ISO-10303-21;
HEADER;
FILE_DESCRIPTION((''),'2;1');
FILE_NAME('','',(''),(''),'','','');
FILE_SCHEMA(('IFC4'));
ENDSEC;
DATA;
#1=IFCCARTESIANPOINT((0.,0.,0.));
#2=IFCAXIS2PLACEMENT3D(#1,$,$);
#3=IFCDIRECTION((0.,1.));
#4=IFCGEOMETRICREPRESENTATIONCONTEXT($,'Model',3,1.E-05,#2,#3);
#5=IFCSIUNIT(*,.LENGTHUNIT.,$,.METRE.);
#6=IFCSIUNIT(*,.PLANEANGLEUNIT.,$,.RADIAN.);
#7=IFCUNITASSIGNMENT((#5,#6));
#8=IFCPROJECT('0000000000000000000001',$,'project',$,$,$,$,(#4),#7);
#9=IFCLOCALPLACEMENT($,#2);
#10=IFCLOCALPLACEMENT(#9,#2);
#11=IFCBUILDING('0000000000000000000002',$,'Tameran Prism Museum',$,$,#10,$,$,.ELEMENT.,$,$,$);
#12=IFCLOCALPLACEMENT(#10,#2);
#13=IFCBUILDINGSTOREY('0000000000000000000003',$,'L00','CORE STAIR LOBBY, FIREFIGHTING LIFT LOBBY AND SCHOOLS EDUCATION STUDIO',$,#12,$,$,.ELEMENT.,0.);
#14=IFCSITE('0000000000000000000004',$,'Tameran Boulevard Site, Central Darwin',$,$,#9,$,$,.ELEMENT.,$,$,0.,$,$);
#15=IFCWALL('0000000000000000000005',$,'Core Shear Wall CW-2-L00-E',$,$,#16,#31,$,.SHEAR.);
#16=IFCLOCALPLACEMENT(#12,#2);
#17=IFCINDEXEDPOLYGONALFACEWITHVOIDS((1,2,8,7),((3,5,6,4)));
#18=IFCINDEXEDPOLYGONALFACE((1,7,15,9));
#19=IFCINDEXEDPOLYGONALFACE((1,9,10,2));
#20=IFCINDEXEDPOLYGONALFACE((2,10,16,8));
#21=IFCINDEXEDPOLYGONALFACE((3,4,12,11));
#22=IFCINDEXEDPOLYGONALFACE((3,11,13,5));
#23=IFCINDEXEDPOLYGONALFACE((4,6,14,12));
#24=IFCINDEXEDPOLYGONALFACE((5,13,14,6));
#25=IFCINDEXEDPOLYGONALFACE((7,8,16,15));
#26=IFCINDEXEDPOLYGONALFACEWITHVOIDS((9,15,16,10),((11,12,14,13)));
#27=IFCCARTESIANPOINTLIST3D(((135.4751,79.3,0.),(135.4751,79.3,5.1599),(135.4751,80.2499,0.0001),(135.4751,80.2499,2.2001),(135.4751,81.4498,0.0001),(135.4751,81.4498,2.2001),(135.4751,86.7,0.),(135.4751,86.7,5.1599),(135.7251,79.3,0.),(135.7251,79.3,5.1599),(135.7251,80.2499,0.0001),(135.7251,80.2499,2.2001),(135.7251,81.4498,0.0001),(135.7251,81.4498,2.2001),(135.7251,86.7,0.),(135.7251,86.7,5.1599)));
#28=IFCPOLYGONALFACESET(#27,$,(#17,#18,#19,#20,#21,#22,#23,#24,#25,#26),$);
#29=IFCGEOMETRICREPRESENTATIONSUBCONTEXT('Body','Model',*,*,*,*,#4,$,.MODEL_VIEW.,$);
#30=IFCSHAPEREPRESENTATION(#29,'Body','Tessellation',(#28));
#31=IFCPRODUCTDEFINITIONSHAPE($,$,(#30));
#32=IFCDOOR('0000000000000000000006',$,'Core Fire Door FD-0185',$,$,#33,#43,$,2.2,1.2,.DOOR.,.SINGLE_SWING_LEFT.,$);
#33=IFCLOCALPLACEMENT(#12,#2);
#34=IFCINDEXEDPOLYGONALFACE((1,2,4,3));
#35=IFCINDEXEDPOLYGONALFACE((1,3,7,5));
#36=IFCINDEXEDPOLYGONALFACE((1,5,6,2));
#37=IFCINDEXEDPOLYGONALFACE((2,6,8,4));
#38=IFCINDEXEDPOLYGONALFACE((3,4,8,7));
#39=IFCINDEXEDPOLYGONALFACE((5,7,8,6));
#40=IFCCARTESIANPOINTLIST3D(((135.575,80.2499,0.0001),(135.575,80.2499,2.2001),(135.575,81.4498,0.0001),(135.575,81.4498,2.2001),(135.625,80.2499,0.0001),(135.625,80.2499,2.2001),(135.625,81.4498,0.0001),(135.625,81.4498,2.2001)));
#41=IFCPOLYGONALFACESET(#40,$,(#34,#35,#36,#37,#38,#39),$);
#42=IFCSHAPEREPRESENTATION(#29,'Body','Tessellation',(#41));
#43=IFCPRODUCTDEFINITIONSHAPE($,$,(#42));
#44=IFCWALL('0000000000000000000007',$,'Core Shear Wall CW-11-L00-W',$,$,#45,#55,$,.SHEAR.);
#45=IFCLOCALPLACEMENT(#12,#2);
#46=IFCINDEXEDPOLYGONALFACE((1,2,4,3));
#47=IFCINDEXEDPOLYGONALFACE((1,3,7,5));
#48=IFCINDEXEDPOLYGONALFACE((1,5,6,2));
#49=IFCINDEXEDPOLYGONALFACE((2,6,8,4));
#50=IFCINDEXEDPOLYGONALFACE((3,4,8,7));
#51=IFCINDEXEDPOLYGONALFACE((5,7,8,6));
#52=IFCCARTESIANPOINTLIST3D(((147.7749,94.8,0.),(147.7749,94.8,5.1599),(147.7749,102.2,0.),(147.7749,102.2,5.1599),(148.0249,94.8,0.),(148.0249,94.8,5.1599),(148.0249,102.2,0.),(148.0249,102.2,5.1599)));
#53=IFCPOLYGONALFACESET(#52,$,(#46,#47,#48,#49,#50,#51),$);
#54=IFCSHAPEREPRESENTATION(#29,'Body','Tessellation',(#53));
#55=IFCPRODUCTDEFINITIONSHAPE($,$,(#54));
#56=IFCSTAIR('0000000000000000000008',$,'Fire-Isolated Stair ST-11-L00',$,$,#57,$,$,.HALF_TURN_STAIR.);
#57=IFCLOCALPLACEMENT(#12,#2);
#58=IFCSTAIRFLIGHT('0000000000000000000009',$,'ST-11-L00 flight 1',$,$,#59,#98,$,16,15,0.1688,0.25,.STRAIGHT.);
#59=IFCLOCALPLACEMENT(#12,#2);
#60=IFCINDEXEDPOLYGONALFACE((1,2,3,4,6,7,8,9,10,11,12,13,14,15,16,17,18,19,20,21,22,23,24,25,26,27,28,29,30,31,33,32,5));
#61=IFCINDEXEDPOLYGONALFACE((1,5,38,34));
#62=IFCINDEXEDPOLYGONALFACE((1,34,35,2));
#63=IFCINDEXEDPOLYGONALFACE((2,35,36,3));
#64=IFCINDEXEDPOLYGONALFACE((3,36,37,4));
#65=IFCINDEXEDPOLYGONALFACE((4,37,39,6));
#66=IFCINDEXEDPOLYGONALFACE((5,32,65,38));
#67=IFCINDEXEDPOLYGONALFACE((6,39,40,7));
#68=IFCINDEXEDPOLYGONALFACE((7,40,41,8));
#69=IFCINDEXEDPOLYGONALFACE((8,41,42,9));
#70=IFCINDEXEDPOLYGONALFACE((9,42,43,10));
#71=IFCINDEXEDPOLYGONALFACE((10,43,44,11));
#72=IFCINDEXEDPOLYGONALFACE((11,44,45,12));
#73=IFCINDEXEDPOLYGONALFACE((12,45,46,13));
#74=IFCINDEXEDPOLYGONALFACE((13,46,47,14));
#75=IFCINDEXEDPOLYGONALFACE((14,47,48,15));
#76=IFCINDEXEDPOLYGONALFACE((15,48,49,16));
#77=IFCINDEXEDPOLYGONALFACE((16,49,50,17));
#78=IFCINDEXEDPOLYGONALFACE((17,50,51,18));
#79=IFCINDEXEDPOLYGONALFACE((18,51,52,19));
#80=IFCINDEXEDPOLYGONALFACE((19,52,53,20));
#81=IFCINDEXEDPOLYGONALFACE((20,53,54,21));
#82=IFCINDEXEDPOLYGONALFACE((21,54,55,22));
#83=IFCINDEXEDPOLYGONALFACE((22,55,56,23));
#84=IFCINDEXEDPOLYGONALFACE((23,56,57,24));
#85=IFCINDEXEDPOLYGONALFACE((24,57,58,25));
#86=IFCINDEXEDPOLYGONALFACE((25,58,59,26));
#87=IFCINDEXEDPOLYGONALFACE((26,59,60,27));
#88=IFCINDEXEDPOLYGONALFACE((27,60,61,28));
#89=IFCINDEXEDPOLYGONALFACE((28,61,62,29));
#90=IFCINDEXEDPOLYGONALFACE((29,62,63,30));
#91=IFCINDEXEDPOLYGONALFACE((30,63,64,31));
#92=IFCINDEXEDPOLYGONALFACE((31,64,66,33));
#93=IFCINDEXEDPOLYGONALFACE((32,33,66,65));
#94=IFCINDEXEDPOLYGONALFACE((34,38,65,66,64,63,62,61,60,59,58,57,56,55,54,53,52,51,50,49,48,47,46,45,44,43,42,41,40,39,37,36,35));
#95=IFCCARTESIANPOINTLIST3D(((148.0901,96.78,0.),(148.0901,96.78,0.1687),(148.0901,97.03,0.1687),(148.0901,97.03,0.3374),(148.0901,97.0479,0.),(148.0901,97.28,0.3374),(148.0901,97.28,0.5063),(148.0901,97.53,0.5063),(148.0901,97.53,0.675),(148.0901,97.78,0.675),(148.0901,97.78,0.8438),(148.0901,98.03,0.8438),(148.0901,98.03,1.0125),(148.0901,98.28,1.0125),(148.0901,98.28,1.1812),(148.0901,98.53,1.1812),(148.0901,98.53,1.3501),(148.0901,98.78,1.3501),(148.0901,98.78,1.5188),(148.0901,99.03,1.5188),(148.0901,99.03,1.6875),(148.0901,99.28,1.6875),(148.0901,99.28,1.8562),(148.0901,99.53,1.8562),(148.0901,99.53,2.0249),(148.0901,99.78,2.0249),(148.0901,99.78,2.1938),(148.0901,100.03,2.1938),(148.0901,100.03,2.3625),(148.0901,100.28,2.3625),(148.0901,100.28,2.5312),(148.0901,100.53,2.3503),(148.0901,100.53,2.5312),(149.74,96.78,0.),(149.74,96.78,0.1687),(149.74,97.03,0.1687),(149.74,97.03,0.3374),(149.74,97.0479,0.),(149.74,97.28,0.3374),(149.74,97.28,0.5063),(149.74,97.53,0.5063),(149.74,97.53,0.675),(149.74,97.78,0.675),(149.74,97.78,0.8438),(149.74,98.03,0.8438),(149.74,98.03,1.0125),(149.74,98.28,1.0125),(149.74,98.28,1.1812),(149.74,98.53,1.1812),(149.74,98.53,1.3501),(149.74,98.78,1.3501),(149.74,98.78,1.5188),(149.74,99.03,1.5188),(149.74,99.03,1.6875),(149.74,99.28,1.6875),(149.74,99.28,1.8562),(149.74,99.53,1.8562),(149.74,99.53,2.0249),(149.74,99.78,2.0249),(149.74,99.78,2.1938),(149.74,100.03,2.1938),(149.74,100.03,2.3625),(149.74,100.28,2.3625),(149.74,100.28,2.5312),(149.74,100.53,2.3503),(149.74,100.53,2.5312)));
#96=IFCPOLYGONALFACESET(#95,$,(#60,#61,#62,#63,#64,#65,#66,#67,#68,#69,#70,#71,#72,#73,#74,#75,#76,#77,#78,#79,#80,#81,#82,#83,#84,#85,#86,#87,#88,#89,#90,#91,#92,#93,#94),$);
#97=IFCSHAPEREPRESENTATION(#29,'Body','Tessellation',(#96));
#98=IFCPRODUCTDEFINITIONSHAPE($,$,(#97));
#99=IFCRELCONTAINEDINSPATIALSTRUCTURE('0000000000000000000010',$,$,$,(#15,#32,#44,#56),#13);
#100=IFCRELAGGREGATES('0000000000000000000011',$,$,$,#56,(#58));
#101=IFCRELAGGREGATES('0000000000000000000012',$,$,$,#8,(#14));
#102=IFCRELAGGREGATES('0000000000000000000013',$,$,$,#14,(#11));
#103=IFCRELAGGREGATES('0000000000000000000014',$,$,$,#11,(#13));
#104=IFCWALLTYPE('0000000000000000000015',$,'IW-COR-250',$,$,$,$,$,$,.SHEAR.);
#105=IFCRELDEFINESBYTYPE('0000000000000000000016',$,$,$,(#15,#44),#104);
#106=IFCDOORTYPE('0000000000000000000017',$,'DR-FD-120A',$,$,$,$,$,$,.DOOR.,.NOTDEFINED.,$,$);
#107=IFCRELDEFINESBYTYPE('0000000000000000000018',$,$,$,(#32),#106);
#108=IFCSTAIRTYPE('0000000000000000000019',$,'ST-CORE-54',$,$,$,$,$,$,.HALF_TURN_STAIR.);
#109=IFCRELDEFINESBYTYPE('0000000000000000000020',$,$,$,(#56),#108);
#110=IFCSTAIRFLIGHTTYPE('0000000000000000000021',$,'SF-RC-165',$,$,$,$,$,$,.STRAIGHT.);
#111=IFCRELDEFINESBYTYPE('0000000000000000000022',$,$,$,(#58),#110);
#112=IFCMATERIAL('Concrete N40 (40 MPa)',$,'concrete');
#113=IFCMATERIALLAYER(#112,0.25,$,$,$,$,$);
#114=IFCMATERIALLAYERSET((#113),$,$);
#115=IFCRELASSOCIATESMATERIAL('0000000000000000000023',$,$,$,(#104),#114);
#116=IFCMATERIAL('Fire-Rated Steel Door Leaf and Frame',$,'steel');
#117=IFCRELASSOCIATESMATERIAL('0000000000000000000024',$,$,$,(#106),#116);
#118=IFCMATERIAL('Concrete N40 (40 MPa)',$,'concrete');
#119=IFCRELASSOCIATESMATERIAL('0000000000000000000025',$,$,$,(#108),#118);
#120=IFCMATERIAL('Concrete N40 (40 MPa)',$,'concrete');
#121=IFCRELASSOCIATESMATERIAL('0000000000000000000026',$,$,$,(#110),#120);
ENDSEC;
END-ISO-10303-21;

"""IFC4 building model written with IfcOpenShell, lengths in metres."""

from ifc_helpers import new_model, si_unit, direction, frame, frame_2d, origin, place, context, subcontext, project, spatial, polyline, rectangle, outline, extrude, material, layer, layer_set, type_object, element, fill, aggregate, save


model = new_model("IFC4")

# Units and contexts
model_context = context("Model", 3, precision=1e-05, world=origin(), true_north=direction((0.0, 1.0)))
body_context = subcontext(model_context, "Body", "Model", "MODEL_VIEW")
ifc_project = project(units=[si_unit("LENGTHUNIT", "METRE"), si_unit("PLANEANGLEUNIT", "RADIAN")], contexts=[model_context])

# Site, building, storey
site_placement = place(None, origin())
site = spatial("IfcSite", under=ifc_project, at=site_placement, Name="Tameran Boulevard Site, Central Darwin", CompositionType="ELEMENT", RefElevation=0.0)
building_placement = place(site_placement, origin())
building = spatial("IfcBuilding", under=site, at=building_placement, Name="Tameran Prism Museum", CompositionType="ELEMENT")
storey_placement = place(building_placement, origin())
storey = spatial("IfcBuildingStorey", under=building, at=storey_placement, Name="L00", Description="CORE STAIR LOBBY, FIREFIGHTING LIFT LOBBY AND SCHOOLS EDUCATION STUDIO", CompositionType="ELEMENT", Elevation=0.0)

# Wall, opening, door
ifc_material_1 = material(Name="Concrete N40 (40 MPa)", Category="concrete")
ifc_layer_1 = layer(ifc_material_1, 0.25)
ifc_layer_set_1 = layer_set([ifc_layer_1])
wall_type = type_object("IfcWallType", Name="IW-COR-250", PredefinedType="SHEAR", material=ifc_layer_set_1)
wall_1_placement = place(storey_placement, frame((135.6001, 86.7, 0.0), z_axis=(0.0, 0.0, 1.0), x_axis=(0.0, -1.0, 0.0)))
wall_1 = element("IfcWall", 1, at=wall_1_placement, inside=storey, type_object=wall_type, Name="Core Shear Wall CW-2-L00-E", PredefinedType="SHEAR", context=body_context, shape_type="SweptSolid", body=[
    extrude(rectangle(XDim=7.3999, YDim=0.25, at=frame_2d((3.7, 0.0))), origin(), (0.0, 0.0, 1.0), 5.1599),
])
opening_placement = place(wall_1_placement, frame((5.25, 0.0, 0.0)))
opening = element("IfcOpeningElement", 2, at=opening_placement, cuts=wall_1, PredefinedType="OPENING", context=body_context, shape_type="SweptSolid", body=[
    extrude(rectangle(XDim=1.2, YDim=2.2, at=frame_2d((0.6001, 1.1001))), frame((0.0, 0.135, 0.0), z_axis=(0.0, -1.0, 0.0), x_axis=(1.0, 0.0, 0.0)), (0.0, 0.0, 1.0), 0.27),
])
ifc_material_2 = material(Name="Fire-Rated Steel Door Leaf and Frame", Category="steel")
door_type = type_object("IfcDoorType", Name="DR-FD-120A", OperationType="NOTDEFINED", PredefinedType="DOOR", material=ifc_material_2)
door_placement = place(opening_placement, origin())
door = element("IfcDoor", 3, at=door_placement, inside=storey, type_object=door_type, Name="Core Fire Door FD-0185", OperationType="SINGLE_SWING_LEFT", OverallHeight=2.2, OverallWidth=1.2, PredefinedType="DOOR", context=body_context, shape_type="SweptSolid", body=[
    extrude(rectangle(XDim=1.2, YDim=2.2, at=frame_2d((0.6001, 1.1001))), frame((0.0, 0.0249, 0.0), z_axis=(0.0, -1.0, 0.0), x_axis=(1.0, 0.0, 0.0)), (0.0, 0.0, 1.0), 0.05),
])
fill(opening, door)

# Wall
wall_2_placement = place(storey_placement, frame((147.8999, 94.8, 0.0), z_axis=(0.0, 0.0, 1.0), x_axis=(0.0, 1.0, 0.0)))
element("IfcWall", 4, at=wall_2_placement, inside=storey, type_object=wall_type, Name="Core Shear Wall CW-11-L00-W", PredefinedType="SHEAR", context=body_context, shape_type="SweptSolid", body=[
    extrude(rectangle(XDim=7.3999, YDim=0.25, at=frame_2d((3.7, 0.0))), origin(), (0.0, 0.0, 1.0), 5.1599),
])

# Stair, stair flight
ifc_material_3 = material(Name="Concrete N40 (40 MPa)", Category="concrete")
stair_type = type_object("IfcStairType", Name="ST-CORE-54", PredefinedType="HALF_TURN_STAIR", material=ifc_material_3)
stair_placement = place(storey_placement, origin())
stair = element("IfcStair", 5, at=stair_placement, inside=storey, type_object=stair_type, Name="Fire-Isolated Stair ST-11-L00", PredefinedType="HALF_TURN_STAIR")
ifc_material_4 = material(Name="Concrete N40 (40 MPa)", Category="concrete")
stair_flight_type = type_object("IfcStairFlightType", Name="SF-RC-165", PredefinedType="STRAIGHT", material=ifc_material_4)
stair_flight_placement = place(storey_placement, frame((148.915, 96.78, 0.0), z_axis=(0.0, 0.0, 1.0), x_axis=(0.0, 1.0, 0.0)))
stair_flight = element("IfcStairFlight", 6, at=stair_flight_placement, type_object=stair_flight_type, Name="ST-11-L00 flight 1", NumberOfRisers=16, NumberOfTreads=15, PredefinedType="STRAIGHT", RiserHeight=0.1688, TreadLength=0.25, context=body_context, shape_type="SweptSolid", body=[
    extrude(outline(polyline([(0.0, 0.0), (0.0, 0.1687), (0.25, 0.1687), (0.25, 0.3374), (0.5, 0.3374), (0.5, 0.5063), (0.75, 0.5063), (0.75, 0.675), (1.0, 0.675), (1.0, 0.8438), (1.25, 0.8438), (1.25, 1.0125), (1.5, 1.0125), (1.5, 1.1812), (1.75, 1.1812), (1.75, 1.3501), (2.0, 1.3501), (2.0, 1.5188), (2.25, 1.5188), (2.25, 1.6875), (2.5, 1.6875), (2.5, 1.8562), (2.75, 1.8562), (2.75, 2.0249), (3.0, 2.0249), (3.0, 2.1938), (3.25, 2.1938), (3.25, 2.3625), (3.5, 2.3625), (3.5, 2.5312), (3.75, 2.5312), (3.75, 2.7), (3.75, 2.3503), (0.2678, 0.0), (0.0, 0.0)])), frame((0.0, 0.825, 0.0), z_axis=(0.0, -1.0, 0.0), x_axis=(1.0, 0.0, 0.0)), (0.0, 0.0, 1.0), 1.6499),
])
aggregate(stair, [stair_flight])

save(model, "model.ifc")
